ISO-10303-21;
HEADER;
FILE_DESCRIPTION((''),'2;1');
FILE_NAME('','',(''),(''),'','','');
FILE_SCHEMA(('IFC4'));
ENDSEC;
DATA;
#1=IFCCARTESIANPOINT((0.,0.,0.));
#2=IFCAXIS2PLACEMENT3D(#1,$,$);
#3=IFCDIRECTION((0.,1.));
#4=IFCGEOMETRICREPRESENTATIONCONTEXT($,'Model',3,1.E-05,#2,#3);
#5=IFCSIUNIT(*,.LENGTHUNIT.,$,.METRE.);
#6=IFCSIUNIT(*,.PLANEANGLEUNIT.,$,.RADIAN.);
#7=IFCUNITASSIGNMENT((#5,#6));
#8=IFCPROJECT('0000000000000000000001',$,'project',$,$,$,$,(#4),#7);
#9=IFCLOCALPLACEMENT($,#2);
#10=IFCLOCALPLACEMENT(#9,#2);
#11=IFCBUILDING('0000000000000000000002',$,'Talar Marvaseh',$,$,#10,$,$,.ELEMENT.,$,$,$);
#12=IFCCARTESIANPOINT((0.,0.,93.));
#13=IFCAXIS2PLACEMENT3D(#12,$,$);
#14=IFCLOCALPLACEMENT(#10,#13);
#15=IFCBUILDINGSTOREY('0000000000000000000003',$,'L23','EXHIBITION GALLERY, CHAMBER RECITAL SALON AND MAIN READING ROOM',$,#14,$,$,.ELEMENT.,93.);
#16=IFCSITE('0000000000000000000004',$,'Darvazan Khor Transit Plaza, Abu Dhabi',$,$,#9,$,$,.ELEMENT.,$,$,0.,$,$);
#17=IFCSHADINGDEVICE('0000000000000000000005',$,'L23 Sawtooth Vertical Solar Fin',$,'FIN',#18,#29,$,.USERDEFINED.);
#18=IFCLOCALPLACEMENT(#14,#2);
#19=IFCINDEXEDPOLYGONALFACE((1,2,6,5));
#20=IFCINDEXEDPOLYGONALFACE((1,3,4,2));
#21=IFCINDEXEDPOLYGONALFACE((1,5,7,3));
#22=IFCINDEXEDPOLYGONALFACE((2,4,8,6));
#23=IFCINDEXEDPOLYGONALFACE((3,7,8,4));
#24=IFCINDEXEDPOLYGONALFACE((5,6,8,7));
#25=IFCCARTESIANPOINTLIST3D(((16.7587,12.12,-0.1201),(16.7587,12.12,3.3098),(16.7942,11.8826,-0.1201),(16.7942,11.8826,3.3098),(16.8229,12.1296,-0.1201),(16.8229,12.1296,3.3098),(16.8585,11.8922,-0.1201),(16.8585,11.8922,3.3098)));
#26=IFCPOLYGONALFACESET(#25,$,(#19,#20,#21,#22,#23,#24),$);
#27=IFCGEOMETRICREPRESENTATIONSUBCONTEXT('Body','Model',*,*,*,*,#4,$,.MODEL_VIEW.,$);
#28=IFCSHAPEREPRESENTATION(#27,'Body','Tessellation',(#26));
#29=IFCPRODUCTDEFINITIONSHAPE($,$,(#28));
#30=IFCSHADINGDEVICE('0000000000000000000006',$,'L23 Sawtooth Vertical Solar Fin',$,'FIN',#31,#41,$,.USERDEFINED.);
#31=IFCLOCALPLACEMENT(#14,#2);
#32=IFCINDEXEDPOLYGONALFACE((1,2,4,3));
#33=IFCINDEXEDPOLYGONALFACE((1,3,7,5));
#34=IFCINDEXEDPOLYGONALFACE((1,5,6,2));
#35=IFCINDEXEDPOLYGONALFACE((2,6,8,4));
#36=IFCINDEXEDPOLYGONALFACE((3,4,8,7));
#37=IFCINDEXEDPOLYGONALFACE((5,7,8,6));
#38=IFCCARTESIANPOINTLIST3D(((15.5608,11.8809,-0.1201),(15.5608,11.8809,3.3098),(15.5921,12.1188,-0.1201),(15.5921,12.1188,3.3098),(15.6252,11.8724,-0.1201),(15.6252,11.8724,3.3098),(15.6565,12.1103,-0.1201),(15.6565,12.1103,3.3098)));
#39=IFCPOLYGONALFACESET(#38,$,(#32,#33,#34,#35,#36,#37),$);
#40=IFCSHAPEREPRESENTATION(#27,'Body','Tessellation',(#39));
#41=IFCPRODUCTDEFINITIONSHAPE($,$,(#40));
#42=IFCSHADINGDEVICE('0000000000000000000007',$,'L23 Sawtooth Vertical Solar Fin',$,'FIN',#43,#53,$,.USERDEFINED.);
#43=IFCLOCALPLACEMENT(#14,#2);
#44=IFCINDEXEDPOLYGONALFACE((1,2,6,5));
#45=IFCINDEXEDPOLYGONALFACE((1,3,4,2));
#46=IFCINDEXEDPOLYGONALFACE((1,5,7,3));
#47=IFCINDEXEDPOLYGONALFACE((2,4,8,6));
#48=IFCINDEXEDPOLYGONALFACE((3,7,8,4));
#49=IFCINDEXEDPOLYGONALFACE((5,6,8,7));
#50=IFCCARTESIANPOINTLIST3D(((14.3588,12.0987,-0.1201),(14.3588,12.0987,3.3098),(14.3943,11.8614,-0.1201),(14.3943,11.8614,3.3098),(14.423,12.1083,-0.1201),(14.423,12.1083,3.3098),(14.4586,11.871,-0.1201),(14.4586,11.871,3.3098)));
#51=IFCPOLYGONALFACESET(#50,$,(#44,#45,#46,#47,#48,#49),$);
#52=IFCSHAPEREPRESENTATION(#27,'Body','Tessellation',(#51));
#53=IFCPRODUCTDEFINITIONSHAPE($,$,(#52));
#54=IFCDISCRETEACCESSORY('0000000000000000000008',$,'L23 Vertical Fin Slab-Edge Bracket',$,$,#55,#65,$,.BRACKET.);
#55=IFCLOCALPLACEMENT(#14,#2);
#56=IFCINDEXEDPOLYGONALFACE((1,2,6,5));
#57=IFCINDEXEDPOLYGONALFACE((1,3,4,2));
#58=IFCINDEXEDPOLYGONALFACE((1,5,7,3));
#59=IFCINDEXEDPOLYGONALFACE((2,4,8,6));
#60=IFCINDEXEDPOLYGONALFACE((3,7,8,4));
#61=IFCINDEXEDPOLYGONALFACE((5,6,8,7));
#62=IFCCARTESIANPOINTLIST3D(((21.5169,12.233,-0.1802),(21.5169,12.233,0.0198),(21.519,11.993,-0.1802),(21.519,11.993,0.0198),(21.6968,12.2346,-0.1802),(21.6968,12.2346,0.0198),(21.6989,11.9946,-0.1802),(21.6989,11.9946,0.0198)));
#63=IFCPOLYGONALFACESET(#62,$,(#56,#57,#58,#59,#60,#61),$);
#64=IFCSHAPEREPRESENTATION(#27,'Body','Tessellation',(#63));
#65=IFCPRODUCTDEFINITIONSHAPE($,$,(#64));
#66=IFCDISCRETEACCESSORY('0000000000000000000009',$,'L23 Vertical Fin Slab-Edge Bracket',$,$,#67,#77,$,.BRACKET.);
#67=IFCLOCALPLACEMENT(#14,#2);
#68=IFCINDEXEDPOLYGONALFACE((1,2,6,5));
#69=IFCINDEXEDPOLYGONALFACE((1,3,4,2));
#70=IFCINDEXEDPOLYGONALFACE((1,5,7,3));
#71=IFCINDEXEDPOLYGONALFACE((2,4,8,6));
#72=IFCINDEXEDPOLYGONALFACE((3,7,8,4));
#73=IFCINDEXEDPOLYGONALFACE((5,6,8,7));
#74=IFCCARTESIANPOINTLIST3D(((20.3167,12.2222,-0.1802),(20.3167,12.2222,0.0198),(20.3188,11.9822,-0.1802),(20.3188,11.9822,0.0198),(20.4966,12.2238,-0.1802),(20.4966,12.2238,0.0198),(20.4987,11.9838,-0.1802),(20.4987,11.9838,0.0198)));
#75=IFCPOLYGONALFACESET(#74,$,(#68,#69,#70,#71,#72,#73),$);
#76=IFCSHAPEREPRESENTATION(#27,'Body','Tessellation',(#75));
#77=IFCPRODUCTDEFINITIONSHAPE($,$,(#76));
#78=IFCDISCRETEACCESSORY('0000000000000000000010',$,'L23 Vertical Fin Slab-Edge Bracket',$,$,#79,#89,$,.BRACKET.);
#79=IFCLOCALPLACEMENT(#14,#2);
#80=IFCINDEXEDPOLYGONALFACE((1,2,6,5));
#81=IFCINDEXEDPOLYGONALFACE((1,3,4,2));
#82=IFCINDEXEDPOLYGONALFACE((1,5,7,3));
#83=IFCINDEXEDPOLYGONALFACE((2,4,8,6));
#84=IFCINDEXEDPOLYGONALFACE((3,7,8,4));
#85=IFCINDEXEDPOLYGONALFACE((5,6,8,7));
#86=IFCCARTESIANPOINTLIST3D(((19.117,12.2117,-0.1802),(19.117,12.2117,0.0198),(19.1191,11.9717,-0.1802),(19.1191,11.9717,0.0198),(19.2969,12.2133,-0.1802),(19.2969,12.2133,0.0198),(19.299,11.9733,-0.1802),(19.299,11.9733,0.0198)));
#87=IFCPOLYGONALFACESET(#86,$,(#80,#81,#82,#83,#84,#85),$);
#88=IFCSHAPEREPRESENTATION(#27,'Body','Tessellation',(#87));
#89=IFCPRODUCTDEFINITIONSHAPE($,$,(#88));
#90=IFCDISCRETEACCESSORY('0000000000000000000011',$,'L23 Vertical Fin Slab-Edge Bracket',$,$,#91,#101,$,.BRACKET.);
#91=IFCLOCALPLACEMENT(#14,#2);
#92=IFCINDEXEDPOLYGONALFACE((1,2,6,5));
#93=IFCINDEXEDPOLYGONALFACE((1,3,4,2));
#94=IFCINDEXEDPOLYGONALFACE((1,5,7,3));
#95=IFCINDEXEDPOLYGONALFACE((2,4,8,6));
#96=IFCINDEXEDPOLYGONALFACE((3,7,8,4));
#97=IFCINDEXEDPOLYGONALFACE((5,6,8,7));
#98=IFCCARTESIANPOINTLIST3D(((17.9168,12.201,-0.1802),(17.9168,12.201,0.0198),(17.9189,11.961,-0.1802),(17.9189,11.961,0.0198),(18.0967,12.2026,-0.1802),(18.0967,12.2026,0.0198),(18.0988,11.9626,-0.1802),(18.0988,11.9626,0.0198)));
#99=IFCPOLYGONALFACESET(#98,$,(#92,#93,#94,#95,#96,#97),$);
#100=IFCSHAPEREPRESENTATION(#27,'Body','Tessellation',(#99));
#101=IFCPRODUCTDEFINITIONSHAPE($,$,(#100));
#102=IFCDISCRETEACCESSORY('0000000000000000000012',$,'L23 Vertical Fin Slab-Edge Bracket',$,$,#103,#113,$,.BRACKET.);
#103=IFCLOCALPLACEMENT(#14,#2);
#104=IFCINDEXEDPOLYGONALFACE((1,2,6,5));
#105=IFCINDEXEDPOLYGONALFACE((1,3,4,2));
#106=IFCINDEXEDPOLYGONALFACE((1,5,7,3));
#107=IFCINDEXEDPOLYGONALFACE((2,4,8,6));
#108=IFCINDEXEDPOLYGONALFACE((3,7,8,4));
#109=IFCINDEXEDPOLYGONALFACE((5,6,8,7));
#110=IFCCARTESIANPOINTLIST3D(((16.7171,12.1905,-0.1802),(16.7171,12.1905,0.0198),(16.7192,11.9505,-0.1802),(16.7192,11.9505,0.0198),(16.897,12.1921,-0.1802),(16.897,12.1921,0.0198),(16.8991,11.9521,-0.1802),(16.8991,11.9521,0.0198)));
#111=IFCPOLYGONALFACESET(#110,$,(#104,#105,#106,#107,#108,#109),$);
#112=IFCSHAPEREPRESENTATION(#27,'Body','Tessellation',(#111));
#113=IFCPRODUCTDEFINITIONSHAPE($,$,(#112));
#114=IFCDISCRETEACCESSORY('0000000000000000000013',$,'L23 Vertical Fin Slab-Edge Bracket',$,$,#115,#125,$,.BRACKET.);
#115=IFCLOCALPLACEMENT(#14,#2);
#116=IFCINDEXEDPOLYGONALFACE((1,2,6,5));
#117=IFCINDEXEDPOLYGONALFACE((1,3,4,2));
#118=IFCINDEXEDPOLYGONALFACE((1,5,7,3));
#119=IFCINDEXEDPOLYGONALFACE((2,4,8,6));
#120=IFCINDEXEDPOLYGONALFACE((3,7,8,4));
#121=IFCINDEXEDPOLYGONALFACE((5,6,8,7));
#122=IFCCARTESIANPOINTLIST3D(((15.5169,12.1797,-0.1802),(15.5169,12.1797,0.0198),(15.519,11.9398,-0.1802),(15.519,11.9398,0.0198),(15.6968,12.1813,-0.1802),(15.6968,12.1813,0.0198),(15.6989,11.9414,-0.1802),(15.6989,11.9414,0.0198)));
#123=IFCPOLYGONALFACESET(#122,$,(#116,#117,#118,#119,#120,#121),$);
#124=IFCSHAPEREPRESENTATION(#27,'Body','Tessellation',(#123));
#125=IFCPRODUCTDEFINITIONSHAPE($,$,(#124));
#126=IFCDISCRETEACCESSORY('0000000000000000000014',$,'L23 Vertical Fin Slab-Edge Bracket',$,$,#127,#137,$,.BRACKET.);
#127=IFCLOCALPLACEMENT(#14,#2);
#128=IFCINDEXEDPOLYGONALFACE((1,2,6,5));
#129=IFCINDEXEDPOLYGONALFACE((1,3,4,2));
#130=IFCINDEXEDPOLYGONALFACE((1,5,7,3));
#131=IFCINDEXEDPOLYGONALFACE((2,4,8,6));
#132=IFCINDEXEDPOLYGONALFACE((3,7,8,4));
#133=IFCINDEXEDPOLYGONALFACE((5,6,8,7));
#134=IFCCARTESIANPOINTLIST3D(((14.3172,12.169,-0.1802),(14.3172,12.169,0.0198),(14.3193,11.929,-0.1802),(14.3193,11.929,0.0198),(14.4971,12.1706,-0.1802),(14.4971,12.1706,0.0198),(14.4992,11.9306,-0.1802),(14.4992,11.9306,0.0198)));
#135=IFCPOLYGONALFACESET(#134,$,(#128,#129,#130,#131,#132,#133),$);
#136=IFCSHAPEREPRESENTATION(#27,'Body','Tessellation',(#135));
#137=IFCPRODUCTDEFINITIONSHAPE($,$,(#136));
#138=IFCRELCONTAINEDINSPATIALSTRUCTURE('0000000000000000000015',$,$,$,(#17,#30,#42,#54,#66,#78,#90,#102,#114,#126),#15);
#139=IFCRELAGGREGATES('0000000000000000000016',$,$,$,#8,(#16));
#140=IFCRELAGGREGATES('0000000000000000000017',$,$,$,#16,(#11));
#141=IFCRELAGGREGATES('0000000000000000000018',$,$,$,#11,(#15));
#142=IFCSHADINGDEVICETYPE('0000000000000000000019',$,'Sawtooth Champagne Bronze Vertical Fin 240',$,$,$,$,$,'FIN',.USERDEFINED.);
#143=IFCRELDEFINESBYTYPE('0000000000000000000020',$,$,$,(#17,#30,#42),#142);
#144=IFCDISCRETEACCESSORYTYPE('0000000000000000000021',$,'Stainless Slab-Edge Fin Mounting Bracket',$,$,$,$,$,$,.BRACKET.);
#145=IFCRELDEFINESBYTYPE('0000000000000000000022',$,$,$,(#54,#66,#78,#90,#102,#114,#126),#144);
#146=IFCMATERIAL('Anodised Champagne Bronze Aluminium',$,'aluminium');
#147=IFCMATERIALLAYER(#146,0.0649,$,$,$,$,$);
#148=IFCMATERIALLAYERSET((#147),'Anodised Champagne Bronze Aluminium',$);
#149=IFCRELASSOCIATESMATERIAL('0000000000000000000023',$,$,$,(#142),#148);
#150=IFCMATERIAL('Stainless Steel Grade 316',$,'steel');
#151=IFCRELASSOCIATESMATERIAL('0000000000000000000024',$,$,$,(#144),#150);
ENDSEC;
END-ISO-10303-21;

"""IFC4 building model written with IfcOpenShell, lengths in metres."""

from ifc_helpers import new_model, si_unit, direction, frame, origin, origin_2d, place, context, subcontext, project, spatial, rectangle, extrude, source, transform, mapped, material, layer, layer_set, type_object, type_shapes, element, save


model = new_model("IFC4")

# Units and contexts
model_context = context("Model", 3, precision=1e-05, world=origin(), true_north=direction((0.0, 1.0)))
body_context = subcontext(model_context, "Body", "Model", "MODEL_VIEW")
ifc_project = project(units=[si_unit("LENGTHUNIT", "METRE"), si_unit("PLANEANGLEUNIT", "RADIAN")], contexts=[model_context])

# Site, building, storey
site_placement = place(None, origin())
site = spatial("IfcSite", under=ifc_project, at=site_placement, Name="Darvazan Khor Transit Plaza, Abu Dhabi", CompositionType="ELEMENT", RefElevation=0.0)
building_placement = place(site_placement, origin())
building = spatial("IfcBuilding", under=site, at=building_placement, Name="Talar Marvaseh", CompositionType="ELEMENT")
storey_placement = place(building_placement, frame((0.0, 0.0, 93.0)))
storey = spatial("IfcBuildingStorey", under=building, at=storey_placement, Name="L23", Description="EXHIBITION GALLERY, CHAMBER RECITAL SALON AND MAIN READING ROOM", CompositionType="ELEMENT", Elevation=93.0)

# Shading devices
ifc_material_1 = material(Name="Anodised Champagne Bronze Aluminium", Category="aluminium")
ifc_layer_1 = layer(ifc_material_1, 0.0649)
ifc_layer_set_1 = layer_set([ifc_layer_1], Name="Anodised Champagne Bronze Aluminium")
shading_device_type = type_object("IfcShadingDeviceType", Name="Sawtooth Champagne Bronze Vertical Fin 240", ElementType="FIN", PredefinedType="USERDEFINED", material=ifc_layer_set_1)
shared_shape_1 = source(origin(), body_context, "Body", "SweptSolid", [
    extrude(rectangle(XDim=0.24, YDim=0.0649, at=origin_2d()), origin(), (0.0, 0.0, 1.0), 3.4299),
])
type_shapes(shading_device_type, [shared_shape_1])
for number, where, z_axis, x_axis, name in (
    (1, (16.8086, 12.0061, -0.1201), (0.0, 0.0, 1.0), (0.147982, -0.98899, 0.0), "L23 Sawtooth Vertical Solar Fin"),
    (2, (15.6086, 11.9956, -0.1201), (0.0, 0.0, 1.0), (-0.130353, -0.991468, 0.0), "L23 Sawtooth Vertical Solar Fin"),
    (3, (14.4087, 11.9849, -0.1201), (0.0, 0.0, 1.0), (0.147982, -0.98899, 0.0), "L23 Sawtooth Vertical Solar Fin"),
):
    element("IfcShadingDevice", number, at=place(storey_placement, frame(where, z_axis=z_axis, x_axis=x_axis)), inside=storey, type_object=shading_device_type, Name=name, ObjectType="FIN", PredefinedType="USERDEFINED", context=body_context, shape_type="MappedRepresentation", body=[
        mapped(shared_shape_1, transform((0.0, 0.0, 0.0), x_axis=(1.0, 0.0, 0.0), y_axis=(0.0, 1.0, 0.0), z_axis=(0.0, 0.0, 1.0), scale=1.0)),
    ])

# Discrete accessories
ifc_material_2 = material(Name="Stainless Steel Grade 316", Category="steel")
discrete_accessory_type = type_object("IfcDiscreteAccessoryType", Name="Stainless Slab-Edge Fin Mounting Bracket", PredefinedType="BRACKET", material=ifc_material_2)
shared_shape_2 = source(origin(), body_context, "Body", "SweptSolid", [
    extrude(rectangle(XDim=0.24, YDim=0.1799, at=origin_2d()), origin(), (0.0, 0.0, 1.0), 0.2),
])
type_shapes(discrete_accessory_type, [shared_shape_2])
for number, where, z_axis, x_axis, name in (
    (4, (21.6079, 12.1138, -0.1802), (0.0, 0.0, 1.0), (0.008901, -0.99996, 0.0), "L23 Vertical Fin Slab-Edge Bracket"),
    (5, (20.4077, 12.103, -0.1802), (0.0, 0.0, 1.0), (0.008901, -0.99996, 0.0), "L23 Vertical Fin Slab-Edge Bracket"),
    (6, (19.208, 12.0925, -0.1802), (0.0, 0.0, 1.0), (0.008901, -0.99996, 0.0), "L23 Vertical Fin Slab-Edge Bracket"),
    (7, (18.0078, 12.0818, -0.1802), (0.0, 0.0, 1.0), (0.008901, -0.99996, 0.0), "L23 Vertical Fin Slab-Edge Bracket"),
    (8, (16.8081, 12.0713, -0.1802), (0.0, 0.0, 1.0), (0.008901, -0.99996, 0.0), "L23 Vertical Fin Slab-Edge Bracket"),
    (9, (15.6079, 12.0605, -0.1802), (0.0, 0.0, 1.0), (0.008901, -0.99996, 0.0), "L23 Vertical Fin Slab-Edge Bracket"),
    (10, (14.4082, 12.0498, -0.1802), (0.0, 0.0, 1.0), (0.008901, -0.99996, 0.0), "L23 Vertical Fin Slab-Edge Bracket"),
):
    element("IfcDiscreteAccessory", number, at=place(storey_placement, frame(where, z_axis=z_axis, x_axis=x_axis)), inside=storey, type_object=discrete_accessory_type, Name=name, PredefinedType="BRACKET", context=body_context, shape_type="MappedRepresentation", body=[
        mapped(shared_shape_2, transform((0.0, 0.0, 0.0), x_axis=(1.0, 0.0, 0.0), y_axis=(0.0, 1.0, 0.0), z_axis=(0.0, 0.0, 1.0), scale=1.0)),
    ])

save(model, "model.ifc")
